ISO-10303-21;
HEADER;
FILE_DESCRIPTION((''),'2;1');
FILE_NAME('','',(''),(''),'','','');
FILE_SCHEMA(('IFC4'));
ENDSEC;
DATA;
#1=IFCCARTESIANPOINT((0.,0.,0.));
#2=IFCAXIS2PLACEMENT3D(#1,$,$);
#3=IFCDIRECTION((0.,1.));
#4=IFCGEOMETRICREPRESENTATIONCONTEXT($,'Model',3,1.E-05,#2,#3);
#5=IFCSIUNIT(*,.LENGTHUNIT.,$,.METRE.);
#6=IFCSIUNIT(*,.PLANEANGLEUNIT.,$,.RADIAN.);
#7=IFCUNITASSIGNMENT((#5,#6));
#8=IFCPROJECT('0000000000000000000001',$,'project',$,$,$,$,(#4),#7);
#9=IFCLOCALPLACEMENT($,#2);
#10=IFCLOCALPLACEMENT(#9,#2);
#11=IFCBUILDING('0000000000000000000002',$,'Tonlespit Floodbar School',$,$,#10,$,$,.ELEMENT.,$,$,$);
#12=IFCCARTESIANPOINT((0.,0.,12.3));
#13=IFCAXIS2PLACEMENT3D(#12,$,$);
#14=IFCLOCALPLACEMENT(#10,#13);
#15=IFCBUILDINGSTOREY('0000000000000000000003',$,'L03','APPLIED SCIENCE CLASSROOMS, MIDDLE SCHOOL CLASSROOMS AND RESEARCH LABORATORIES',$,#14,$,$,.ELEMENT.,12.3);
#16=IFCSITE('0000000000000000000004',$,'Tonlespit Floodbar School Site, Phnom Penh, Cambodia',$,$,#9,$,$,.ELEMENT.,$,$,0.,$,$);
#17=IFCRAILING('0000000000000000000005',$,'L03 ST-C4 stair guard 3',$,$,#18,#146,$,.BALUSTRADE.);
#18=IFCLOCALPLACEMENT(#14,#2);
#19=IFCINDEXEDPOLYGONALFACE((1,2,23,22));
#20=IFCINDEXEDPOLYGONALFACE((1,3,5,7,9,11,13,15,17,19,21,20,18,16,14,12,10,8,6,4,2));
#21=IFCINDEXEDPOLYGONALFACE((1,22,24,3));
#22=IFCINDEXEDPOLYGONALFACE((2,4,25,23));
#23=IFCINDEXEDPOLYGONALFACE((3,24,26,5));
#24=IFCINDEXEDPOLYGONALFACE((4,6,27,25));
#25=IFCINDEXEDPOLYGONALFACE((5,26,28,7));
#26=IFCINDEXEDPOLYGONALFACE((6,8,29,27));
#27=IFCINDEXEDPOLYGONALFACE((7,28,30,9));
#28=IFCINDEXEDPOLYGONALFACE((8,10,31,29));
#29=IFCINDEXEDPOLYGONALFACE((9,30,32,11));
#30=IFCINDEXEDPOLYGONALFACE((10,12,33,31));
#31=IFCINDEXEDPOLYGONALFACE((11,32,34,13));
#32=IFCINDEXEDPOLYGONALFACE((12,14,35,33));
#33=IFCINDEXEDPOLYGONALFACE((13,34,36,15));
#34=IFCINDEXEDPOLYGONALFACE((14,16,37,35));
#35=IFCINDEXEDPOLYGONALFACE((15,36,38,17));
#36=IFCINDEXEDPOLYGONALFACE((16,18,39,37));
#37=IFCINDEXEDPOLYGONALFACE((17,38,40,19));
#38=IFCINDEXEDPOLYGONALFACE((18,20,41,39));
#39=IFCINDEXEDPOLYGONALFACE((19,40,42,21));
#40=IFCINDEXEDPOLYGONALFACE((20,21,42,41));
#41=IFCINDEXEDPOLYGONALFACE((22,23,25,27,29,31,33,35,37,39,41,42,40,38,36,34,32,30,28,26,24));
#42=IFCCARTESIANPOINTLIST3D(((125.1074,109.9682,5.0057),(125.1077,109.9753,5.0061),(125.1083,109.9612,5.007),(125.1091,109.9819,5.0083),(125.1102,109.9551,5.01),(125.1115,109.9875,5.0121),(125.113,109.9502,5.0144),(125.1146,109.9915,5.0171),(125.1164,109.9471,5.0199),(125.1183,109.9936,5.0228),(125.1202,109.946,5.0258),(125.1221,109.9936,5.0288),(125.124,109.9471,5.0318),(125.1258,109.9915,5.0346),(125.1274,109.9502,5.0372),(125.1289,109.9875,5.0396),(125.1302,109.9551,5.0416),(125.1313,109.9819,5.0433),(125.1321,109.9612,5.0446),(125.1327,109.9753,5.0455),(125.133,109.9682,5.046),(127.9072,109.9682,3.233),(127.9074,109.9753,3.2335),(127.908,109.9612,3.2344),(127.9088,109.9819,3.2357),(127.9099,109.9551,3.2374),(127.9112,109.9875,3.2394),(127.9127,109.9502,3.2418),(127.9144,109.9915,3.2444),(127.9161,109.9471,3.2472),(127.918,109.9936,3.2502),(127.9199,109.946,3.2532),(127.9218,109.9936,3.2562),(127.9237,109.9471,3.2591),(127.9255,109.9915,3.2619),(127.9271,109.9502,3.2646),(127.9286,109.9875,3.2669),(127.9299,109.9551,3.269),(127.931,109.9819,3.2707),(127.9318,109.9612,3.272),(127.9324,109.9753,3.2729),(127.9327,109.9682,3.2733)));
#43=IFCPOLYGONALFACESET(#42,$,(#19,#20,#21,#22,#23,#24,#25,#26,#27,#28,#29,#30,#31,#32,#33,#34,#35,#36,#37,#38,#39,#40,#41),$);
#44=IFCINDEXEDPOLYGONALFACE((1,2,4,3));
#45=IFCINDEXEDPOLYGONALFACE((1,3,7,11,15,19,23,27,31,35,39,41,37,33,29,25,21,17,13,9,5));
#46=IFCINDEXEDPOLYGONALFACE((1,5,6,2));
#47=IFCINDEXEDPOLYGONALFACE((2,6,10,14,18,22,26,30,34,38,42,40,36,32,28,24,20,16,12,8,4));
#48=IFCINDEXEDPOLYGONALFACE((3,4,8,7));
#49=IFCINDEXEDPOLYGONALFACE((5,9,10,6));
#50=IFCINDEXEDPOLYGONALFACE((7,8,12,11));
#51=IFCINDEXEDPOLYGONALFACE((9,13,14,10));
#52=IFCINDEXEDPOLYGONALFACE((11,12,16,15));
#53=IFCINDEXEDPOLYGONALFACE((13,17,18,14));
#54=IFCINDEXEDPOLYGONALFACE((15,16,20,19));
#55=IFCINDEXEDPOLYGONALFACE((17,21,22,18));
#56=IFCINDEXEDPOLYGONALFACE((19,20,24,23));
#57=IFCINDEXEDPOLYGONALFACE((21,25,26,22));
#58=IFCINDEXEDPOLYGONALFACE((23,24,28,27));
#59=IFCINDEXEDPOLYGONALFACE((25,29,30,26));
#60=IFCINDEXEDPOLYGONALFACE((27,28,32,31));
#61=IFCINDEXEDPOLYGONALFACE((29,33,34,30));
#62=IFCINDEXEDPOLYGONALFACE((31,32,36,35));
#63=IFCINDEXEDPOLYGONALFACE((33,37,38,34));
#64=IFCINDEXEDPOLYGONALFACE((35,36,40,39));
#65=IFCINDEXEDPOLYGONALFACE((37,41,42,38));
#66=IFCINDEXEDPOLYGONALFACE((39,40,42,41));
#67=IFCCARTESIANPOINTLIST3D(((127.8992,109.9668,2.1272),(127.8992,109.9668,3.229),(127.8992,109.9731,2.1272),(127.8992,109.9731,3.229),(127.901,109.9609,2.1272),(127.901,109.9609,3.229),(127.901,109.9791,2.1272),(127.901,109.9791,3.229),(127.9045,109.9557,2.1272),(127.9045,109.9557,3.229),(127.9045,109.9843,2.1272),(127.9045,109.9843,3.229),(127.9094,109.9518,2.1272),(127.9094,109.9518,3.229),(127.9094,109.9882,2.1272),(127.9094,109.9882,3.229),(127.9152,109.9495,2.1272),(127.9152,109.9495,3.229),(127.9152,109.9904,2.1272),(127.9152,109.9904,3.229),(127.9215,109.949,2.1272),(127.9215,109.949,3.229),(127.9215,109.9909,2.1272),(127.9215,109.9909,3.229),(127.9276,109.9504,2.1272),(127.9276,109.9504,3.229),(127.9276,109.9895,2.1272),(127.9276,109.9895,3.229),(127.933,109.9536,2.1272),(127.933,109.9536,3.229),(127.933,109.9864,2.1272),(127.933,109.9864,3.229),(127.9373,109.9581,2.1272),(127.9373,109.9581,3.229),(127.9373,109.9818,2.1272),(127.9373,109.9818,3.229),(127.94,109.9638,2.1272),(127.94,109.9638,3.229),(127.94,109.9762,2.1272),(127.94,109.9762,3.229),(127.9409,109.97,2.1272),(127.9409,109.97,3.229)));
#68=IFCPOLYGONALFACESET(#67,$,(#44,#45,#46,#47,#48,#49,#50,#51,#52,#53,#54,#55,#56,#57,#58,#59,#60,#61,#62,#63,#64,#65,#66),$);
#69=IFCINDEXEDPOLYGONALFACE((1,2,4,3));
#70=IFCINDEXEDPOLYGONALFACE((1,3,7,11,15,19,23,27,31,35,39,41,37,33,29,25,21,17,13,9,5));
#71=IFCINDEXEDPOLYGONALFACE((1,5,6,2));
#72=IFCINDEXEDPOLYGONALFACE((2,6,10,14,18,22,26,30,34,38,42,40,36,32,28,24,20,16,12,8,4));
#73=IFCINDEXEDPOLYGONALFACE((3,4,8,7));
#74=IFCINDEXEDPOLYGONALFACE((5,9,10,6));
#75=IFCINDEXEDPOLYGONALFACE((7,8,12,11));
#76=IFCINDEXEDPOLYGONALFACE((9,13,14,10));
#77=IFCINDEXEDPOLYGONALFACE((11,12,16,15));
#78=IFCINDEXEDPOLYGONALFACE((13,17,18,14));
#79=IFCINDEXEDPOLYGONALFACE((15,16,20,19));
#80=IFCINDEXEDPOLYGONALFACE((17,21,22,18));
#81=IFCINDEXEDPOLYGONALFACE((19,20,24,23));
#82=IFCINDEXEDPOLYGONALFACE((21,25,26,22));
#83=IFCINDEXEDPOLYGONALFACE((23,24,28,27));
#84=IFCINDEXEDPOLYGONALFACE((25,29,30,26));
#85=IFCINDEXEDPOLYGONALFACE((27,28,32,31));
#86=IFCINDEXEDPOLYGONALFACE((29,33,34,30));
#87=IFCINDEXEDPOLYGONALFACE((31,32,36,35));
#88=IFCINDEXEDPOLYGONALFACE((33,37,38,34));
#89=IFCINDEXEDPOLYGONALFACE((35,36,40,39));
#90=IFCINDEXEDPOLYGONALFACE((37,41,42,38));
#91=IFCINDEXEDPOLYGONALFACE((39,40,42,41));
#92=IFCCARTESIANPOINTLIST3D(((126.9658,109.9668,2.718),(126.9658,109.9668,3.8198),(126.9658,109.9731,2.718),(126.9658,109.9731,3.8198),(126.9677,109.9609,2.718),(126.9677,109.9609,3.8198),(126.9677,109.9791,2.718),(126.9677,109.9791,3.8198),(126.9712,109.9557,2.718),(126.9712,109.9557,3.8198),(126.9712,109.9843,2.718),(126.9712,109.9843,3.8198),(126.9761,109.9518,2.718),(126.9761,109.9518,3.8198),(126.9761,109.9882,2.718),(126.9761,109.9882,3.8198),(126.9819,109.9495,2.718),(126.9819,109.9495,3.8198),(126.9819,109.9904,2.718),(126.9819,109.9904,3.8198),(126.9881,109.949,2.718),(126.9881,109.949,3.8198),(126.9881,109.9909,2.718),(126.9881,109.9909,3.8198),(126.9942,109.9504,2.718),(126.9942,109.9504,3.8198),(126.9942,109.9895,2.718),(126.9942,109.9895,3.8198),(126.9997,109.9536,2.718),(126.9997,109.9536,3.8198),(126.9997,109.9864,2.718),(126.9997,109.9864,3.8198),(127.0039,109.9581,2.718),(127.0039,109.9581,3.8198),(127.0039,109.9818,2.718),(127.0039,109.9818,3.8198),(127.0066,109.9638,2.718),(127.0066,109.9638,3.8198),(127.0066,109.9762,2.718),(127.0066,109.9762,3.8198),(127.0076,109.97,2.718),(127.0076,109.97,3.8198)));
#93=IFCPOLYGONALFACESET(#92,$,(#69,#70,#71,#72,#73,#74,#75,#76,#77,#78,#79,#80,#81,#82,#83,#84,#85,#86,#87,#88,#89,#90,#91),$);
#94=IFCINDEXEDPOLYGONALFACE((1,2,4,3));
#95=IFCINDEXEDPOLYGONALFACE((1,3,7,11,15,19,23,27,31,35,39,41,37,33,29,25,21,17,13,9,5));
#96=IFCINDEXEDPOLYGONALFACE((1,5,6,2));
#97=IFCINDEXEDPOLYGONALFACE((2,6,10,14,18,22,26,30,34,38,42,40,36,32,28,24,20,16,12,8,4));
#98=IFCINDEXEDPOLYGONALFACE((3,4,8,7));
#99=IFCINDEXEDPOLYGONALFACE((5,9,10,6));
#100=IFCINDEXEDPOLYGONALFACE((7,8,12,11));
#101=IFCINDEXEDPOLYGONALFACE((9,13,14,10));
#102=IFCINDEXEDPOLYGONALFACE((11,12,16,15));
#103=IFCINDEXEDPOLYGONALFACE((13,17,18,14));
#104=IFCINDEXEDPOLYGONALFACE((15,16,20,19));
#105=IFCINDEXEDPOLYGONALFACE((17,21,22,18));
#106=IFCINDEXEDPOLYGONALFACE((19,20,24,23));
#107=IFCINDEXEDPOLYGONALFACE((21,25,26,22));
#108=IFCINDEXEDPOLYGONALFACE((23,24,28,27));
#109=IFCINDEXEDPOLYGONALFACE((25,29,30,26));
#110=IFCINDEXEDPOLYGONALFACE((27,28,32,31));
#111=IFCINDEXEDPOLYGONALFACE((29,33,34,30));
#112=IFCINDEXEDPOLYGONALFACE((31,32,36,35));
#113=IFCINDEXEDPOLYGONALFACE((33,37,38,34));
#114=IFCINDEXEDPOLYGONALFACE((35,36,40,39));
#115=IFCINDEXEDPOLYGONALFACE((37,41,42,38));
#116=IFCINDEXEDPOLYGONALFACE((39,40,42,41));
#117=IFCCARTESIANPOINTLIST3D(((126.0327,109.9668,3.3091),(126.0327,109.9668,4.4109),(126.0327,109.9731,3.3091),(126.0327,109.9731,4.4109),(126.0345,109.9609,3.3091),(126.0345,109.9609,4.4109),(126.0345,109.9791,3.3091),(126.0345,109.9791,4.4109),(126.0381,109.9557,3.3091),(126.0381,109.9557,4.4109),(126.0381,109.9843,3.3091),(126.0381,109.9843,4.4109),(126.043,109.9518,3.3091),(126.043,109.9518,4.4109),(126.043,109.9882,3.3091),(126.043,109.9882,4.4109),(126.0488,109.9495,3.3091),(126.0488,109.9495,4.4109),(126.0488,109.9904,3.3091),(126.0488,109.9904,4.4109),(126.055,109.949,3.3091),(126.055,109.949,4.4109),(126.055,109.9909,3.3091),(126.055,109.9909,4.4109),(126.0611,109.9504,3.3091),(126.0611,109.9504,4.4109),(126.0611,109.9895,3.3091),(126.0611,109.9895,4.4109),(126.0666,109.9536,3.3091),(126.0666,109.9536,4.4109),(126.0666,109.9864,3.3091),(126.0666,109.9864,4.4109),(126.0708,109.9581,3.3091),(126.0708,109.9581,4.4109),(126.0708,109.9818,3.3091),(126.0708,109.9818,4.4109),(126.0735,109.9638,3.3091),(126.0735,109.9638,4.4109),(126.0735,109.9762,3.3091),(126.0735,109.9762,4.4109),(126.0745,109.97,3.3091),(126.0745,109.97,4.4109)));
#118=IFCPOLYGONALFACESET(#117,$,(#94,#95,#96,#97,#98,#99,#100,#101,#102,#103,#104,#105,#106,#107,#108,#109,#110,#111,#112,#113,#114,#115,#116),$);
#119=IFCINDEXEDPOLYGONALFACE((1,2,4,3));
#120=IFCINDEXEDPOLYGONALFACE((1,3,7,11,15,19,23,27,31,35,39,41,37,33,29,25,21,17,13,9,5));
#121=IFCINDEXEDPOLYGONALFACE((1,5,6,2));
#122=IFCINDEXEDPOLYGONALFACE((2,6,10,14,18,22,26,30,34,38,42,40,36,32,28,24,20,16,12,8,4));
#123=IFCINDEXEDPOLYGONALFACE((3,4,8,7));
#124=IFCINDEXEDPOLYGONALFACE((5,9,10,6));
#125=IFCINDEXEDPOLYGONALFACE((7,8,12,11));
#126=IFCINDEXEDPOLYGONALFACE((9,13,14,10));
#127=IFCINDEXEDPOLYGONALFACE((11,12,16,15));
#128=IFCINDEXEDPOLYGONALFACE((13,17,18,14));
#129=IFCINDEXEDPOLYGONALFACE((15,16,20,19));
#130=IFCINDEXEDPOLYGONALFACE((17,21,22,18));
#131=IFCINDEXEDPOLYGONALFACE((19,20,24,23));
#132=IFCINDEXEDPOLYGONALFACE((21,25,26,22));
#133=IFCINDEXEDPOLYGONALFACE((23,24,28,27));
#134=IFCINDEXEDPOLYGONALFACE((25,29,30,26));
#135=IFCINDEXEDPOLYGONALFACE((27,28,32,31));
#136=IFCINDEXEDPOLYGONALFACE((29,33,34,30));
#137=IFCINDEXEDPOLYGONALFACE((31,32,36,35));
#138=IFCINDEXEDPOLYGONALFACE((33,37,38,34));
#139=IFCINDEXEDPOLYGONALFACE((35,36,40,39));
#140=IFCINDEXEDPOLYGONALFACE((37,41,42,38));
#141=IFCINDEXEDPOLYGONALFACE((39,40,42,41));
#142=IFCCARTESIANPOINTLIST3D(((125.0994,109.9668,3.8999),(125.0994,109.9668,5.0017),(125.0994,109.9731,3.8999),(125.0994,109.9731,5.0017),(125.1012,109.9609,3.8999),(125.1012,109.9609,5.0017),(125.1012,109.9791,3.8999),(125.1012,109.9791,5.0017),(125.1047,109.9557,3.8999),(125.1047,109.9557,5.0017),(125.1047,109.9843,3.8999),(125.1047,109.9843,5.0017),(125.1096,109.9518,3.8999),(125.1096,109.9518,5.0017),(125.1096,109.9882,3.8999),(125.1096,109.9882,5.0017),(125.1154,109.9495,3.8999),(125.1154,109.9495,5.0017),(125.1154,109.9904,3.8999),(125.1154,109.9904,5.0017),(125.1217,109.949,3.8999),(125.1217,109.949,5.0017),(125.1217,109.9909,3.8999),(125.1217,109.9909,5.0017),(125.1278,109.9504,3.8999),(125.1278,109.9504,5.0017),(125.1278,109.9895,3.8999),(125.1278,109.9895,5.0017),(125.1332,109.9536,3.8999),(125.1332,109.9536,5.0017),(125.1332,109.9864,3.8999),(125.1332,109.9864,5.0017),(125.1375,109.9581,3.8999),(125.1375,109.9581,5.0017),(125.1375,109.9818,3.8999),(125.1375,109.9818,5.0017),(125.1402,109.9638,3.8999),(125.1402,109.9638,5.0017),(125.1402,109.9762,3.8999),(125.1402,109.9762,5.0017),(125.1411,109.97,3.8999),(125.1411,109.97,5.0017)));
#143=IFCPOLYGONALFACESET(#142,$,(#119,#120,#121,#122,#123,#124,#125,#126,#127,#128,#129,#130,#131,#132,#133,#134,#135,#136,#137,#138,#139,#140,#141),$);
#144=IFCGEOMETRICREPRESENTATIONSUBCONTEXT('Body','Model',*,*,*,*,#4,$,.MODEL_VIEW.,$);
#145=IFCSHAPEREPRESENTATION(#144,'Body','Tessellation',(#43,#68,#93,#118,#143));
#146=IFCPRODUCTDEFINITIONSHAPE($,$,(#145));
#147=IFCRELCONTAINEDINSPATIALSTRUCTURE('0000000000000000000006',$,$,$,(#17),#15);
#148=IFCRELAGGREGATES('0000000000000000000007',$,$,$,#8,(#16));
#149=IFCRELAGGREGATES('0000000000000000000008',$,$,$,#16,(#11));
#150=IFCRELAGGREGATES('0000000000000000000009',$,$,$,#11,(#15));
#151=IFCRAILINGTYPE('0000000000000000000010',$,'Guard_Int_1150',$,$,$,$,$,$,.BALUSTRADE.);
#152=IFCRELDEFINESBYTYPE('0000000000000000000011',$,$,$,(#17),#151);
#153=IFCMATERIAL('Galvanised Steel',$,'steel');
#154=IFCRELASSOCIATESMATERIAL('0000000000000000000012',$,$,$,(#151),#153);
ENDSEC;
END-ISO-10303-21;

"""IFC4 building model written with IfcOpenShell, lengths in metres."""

from ifc_helpers import new_model, si_unit, direction, frame, origin, origin_2d, place, context, subcontext, project, spatial, circle, extrude, material, type_object, element, save


model = new_model("IFC4")

# Units and contexts
model_context = context("Model", 3, precision=1e-05, world=origin(), true_north=direction((0.0, 1.0)))
body_context = subcontext(model_context, "Body", "Model", "MODEL_VIEW")
ifc_project = project(units=[si_unit("LENGTHUNIT", "METRE"), si_unit("PLANEANGLEUNIT", "RADIAN")], contexts=[model_context])

# Site, building, storey
site_placement = place(None, origin())
site = spatial("IfcSite", under=ifc_project, at=site_placement, Name="Tonlespit Floodbar School Site, Phnom Penh, Cambodia", CompositionType="ELEMENT", RefElevation=0.0)
building_placement = place(site_placement, origin())
building = spatial("IfcBuilding", under=site, at=building_placement, Name="Tonlespit Floodbar School", CompositionType="ELEMENT")
storey_placement = place(building_placement, frame((0.0, 0.0, 12.3)))
storey = spatial("IfcBuildingStorey", under=building, at=storey_placement, Name="L03", Description="APPLIED SCIENCE CLASSROOMS, MIDDLE SCHOOL CLASSROOMS AND RESEARCH LABORATORIES", CompositionType="ELEMENT", Elevation=12.3)

# Shared definitions
ifc_material_1 = material(Name="Galvanised Steel", Category="steel")

# Railing
railing_type_1 = type_object("IfcRailingType", Name="Guard_Int_1150", PredefinedType="BALUSTRADE", material=ifc_material_1)
railing_1_placement = place(storey_placement, frame((127.9199, 109.97, 2.1272)))
element("IfcRailing", 1, at=railing_1_placement, inside=storey, type_object=railing_type_1, Name="L03 ST-C4 stair guard 3", PredefinedType="BALUSTRADE", context=body_context, shape_type="SweptSolid", body=[
    extrude(circle(Radius=0.0239, at=origin_2d()), frame((0.0, 0.0, 1.126), z_axis=(-0.844888, 0.0, 0.534943), x_axis=(0.0, -1.0, 0.0)), (0.0, 0.0, 1.0), 3.3137),
    extrude(circle(Radius=0.021, at=origin_2d()), origin(), (0.0, 0.0, 1.0), 1.1018),
    extrude(circle(Radius=0.021, at=origin_2d()), frame((-0.9333, 0.0, 0.5908)), (0.0, 0.0, 1.0), 1.1018),
    extrude(circle(Radius=0.021, at=origin_2d()), frame((-1.8665, 0.0, 1.1819)), (0.0, 0.0, 1.0), 1.1018),
    extrude(circle(Radius=0.021, at=origin_2d()), frame((-2.7998, 0.0, 1.7727)), (0.0, 0.0, 1.0), 1.1018),
])

save(model, "model.ifc")
